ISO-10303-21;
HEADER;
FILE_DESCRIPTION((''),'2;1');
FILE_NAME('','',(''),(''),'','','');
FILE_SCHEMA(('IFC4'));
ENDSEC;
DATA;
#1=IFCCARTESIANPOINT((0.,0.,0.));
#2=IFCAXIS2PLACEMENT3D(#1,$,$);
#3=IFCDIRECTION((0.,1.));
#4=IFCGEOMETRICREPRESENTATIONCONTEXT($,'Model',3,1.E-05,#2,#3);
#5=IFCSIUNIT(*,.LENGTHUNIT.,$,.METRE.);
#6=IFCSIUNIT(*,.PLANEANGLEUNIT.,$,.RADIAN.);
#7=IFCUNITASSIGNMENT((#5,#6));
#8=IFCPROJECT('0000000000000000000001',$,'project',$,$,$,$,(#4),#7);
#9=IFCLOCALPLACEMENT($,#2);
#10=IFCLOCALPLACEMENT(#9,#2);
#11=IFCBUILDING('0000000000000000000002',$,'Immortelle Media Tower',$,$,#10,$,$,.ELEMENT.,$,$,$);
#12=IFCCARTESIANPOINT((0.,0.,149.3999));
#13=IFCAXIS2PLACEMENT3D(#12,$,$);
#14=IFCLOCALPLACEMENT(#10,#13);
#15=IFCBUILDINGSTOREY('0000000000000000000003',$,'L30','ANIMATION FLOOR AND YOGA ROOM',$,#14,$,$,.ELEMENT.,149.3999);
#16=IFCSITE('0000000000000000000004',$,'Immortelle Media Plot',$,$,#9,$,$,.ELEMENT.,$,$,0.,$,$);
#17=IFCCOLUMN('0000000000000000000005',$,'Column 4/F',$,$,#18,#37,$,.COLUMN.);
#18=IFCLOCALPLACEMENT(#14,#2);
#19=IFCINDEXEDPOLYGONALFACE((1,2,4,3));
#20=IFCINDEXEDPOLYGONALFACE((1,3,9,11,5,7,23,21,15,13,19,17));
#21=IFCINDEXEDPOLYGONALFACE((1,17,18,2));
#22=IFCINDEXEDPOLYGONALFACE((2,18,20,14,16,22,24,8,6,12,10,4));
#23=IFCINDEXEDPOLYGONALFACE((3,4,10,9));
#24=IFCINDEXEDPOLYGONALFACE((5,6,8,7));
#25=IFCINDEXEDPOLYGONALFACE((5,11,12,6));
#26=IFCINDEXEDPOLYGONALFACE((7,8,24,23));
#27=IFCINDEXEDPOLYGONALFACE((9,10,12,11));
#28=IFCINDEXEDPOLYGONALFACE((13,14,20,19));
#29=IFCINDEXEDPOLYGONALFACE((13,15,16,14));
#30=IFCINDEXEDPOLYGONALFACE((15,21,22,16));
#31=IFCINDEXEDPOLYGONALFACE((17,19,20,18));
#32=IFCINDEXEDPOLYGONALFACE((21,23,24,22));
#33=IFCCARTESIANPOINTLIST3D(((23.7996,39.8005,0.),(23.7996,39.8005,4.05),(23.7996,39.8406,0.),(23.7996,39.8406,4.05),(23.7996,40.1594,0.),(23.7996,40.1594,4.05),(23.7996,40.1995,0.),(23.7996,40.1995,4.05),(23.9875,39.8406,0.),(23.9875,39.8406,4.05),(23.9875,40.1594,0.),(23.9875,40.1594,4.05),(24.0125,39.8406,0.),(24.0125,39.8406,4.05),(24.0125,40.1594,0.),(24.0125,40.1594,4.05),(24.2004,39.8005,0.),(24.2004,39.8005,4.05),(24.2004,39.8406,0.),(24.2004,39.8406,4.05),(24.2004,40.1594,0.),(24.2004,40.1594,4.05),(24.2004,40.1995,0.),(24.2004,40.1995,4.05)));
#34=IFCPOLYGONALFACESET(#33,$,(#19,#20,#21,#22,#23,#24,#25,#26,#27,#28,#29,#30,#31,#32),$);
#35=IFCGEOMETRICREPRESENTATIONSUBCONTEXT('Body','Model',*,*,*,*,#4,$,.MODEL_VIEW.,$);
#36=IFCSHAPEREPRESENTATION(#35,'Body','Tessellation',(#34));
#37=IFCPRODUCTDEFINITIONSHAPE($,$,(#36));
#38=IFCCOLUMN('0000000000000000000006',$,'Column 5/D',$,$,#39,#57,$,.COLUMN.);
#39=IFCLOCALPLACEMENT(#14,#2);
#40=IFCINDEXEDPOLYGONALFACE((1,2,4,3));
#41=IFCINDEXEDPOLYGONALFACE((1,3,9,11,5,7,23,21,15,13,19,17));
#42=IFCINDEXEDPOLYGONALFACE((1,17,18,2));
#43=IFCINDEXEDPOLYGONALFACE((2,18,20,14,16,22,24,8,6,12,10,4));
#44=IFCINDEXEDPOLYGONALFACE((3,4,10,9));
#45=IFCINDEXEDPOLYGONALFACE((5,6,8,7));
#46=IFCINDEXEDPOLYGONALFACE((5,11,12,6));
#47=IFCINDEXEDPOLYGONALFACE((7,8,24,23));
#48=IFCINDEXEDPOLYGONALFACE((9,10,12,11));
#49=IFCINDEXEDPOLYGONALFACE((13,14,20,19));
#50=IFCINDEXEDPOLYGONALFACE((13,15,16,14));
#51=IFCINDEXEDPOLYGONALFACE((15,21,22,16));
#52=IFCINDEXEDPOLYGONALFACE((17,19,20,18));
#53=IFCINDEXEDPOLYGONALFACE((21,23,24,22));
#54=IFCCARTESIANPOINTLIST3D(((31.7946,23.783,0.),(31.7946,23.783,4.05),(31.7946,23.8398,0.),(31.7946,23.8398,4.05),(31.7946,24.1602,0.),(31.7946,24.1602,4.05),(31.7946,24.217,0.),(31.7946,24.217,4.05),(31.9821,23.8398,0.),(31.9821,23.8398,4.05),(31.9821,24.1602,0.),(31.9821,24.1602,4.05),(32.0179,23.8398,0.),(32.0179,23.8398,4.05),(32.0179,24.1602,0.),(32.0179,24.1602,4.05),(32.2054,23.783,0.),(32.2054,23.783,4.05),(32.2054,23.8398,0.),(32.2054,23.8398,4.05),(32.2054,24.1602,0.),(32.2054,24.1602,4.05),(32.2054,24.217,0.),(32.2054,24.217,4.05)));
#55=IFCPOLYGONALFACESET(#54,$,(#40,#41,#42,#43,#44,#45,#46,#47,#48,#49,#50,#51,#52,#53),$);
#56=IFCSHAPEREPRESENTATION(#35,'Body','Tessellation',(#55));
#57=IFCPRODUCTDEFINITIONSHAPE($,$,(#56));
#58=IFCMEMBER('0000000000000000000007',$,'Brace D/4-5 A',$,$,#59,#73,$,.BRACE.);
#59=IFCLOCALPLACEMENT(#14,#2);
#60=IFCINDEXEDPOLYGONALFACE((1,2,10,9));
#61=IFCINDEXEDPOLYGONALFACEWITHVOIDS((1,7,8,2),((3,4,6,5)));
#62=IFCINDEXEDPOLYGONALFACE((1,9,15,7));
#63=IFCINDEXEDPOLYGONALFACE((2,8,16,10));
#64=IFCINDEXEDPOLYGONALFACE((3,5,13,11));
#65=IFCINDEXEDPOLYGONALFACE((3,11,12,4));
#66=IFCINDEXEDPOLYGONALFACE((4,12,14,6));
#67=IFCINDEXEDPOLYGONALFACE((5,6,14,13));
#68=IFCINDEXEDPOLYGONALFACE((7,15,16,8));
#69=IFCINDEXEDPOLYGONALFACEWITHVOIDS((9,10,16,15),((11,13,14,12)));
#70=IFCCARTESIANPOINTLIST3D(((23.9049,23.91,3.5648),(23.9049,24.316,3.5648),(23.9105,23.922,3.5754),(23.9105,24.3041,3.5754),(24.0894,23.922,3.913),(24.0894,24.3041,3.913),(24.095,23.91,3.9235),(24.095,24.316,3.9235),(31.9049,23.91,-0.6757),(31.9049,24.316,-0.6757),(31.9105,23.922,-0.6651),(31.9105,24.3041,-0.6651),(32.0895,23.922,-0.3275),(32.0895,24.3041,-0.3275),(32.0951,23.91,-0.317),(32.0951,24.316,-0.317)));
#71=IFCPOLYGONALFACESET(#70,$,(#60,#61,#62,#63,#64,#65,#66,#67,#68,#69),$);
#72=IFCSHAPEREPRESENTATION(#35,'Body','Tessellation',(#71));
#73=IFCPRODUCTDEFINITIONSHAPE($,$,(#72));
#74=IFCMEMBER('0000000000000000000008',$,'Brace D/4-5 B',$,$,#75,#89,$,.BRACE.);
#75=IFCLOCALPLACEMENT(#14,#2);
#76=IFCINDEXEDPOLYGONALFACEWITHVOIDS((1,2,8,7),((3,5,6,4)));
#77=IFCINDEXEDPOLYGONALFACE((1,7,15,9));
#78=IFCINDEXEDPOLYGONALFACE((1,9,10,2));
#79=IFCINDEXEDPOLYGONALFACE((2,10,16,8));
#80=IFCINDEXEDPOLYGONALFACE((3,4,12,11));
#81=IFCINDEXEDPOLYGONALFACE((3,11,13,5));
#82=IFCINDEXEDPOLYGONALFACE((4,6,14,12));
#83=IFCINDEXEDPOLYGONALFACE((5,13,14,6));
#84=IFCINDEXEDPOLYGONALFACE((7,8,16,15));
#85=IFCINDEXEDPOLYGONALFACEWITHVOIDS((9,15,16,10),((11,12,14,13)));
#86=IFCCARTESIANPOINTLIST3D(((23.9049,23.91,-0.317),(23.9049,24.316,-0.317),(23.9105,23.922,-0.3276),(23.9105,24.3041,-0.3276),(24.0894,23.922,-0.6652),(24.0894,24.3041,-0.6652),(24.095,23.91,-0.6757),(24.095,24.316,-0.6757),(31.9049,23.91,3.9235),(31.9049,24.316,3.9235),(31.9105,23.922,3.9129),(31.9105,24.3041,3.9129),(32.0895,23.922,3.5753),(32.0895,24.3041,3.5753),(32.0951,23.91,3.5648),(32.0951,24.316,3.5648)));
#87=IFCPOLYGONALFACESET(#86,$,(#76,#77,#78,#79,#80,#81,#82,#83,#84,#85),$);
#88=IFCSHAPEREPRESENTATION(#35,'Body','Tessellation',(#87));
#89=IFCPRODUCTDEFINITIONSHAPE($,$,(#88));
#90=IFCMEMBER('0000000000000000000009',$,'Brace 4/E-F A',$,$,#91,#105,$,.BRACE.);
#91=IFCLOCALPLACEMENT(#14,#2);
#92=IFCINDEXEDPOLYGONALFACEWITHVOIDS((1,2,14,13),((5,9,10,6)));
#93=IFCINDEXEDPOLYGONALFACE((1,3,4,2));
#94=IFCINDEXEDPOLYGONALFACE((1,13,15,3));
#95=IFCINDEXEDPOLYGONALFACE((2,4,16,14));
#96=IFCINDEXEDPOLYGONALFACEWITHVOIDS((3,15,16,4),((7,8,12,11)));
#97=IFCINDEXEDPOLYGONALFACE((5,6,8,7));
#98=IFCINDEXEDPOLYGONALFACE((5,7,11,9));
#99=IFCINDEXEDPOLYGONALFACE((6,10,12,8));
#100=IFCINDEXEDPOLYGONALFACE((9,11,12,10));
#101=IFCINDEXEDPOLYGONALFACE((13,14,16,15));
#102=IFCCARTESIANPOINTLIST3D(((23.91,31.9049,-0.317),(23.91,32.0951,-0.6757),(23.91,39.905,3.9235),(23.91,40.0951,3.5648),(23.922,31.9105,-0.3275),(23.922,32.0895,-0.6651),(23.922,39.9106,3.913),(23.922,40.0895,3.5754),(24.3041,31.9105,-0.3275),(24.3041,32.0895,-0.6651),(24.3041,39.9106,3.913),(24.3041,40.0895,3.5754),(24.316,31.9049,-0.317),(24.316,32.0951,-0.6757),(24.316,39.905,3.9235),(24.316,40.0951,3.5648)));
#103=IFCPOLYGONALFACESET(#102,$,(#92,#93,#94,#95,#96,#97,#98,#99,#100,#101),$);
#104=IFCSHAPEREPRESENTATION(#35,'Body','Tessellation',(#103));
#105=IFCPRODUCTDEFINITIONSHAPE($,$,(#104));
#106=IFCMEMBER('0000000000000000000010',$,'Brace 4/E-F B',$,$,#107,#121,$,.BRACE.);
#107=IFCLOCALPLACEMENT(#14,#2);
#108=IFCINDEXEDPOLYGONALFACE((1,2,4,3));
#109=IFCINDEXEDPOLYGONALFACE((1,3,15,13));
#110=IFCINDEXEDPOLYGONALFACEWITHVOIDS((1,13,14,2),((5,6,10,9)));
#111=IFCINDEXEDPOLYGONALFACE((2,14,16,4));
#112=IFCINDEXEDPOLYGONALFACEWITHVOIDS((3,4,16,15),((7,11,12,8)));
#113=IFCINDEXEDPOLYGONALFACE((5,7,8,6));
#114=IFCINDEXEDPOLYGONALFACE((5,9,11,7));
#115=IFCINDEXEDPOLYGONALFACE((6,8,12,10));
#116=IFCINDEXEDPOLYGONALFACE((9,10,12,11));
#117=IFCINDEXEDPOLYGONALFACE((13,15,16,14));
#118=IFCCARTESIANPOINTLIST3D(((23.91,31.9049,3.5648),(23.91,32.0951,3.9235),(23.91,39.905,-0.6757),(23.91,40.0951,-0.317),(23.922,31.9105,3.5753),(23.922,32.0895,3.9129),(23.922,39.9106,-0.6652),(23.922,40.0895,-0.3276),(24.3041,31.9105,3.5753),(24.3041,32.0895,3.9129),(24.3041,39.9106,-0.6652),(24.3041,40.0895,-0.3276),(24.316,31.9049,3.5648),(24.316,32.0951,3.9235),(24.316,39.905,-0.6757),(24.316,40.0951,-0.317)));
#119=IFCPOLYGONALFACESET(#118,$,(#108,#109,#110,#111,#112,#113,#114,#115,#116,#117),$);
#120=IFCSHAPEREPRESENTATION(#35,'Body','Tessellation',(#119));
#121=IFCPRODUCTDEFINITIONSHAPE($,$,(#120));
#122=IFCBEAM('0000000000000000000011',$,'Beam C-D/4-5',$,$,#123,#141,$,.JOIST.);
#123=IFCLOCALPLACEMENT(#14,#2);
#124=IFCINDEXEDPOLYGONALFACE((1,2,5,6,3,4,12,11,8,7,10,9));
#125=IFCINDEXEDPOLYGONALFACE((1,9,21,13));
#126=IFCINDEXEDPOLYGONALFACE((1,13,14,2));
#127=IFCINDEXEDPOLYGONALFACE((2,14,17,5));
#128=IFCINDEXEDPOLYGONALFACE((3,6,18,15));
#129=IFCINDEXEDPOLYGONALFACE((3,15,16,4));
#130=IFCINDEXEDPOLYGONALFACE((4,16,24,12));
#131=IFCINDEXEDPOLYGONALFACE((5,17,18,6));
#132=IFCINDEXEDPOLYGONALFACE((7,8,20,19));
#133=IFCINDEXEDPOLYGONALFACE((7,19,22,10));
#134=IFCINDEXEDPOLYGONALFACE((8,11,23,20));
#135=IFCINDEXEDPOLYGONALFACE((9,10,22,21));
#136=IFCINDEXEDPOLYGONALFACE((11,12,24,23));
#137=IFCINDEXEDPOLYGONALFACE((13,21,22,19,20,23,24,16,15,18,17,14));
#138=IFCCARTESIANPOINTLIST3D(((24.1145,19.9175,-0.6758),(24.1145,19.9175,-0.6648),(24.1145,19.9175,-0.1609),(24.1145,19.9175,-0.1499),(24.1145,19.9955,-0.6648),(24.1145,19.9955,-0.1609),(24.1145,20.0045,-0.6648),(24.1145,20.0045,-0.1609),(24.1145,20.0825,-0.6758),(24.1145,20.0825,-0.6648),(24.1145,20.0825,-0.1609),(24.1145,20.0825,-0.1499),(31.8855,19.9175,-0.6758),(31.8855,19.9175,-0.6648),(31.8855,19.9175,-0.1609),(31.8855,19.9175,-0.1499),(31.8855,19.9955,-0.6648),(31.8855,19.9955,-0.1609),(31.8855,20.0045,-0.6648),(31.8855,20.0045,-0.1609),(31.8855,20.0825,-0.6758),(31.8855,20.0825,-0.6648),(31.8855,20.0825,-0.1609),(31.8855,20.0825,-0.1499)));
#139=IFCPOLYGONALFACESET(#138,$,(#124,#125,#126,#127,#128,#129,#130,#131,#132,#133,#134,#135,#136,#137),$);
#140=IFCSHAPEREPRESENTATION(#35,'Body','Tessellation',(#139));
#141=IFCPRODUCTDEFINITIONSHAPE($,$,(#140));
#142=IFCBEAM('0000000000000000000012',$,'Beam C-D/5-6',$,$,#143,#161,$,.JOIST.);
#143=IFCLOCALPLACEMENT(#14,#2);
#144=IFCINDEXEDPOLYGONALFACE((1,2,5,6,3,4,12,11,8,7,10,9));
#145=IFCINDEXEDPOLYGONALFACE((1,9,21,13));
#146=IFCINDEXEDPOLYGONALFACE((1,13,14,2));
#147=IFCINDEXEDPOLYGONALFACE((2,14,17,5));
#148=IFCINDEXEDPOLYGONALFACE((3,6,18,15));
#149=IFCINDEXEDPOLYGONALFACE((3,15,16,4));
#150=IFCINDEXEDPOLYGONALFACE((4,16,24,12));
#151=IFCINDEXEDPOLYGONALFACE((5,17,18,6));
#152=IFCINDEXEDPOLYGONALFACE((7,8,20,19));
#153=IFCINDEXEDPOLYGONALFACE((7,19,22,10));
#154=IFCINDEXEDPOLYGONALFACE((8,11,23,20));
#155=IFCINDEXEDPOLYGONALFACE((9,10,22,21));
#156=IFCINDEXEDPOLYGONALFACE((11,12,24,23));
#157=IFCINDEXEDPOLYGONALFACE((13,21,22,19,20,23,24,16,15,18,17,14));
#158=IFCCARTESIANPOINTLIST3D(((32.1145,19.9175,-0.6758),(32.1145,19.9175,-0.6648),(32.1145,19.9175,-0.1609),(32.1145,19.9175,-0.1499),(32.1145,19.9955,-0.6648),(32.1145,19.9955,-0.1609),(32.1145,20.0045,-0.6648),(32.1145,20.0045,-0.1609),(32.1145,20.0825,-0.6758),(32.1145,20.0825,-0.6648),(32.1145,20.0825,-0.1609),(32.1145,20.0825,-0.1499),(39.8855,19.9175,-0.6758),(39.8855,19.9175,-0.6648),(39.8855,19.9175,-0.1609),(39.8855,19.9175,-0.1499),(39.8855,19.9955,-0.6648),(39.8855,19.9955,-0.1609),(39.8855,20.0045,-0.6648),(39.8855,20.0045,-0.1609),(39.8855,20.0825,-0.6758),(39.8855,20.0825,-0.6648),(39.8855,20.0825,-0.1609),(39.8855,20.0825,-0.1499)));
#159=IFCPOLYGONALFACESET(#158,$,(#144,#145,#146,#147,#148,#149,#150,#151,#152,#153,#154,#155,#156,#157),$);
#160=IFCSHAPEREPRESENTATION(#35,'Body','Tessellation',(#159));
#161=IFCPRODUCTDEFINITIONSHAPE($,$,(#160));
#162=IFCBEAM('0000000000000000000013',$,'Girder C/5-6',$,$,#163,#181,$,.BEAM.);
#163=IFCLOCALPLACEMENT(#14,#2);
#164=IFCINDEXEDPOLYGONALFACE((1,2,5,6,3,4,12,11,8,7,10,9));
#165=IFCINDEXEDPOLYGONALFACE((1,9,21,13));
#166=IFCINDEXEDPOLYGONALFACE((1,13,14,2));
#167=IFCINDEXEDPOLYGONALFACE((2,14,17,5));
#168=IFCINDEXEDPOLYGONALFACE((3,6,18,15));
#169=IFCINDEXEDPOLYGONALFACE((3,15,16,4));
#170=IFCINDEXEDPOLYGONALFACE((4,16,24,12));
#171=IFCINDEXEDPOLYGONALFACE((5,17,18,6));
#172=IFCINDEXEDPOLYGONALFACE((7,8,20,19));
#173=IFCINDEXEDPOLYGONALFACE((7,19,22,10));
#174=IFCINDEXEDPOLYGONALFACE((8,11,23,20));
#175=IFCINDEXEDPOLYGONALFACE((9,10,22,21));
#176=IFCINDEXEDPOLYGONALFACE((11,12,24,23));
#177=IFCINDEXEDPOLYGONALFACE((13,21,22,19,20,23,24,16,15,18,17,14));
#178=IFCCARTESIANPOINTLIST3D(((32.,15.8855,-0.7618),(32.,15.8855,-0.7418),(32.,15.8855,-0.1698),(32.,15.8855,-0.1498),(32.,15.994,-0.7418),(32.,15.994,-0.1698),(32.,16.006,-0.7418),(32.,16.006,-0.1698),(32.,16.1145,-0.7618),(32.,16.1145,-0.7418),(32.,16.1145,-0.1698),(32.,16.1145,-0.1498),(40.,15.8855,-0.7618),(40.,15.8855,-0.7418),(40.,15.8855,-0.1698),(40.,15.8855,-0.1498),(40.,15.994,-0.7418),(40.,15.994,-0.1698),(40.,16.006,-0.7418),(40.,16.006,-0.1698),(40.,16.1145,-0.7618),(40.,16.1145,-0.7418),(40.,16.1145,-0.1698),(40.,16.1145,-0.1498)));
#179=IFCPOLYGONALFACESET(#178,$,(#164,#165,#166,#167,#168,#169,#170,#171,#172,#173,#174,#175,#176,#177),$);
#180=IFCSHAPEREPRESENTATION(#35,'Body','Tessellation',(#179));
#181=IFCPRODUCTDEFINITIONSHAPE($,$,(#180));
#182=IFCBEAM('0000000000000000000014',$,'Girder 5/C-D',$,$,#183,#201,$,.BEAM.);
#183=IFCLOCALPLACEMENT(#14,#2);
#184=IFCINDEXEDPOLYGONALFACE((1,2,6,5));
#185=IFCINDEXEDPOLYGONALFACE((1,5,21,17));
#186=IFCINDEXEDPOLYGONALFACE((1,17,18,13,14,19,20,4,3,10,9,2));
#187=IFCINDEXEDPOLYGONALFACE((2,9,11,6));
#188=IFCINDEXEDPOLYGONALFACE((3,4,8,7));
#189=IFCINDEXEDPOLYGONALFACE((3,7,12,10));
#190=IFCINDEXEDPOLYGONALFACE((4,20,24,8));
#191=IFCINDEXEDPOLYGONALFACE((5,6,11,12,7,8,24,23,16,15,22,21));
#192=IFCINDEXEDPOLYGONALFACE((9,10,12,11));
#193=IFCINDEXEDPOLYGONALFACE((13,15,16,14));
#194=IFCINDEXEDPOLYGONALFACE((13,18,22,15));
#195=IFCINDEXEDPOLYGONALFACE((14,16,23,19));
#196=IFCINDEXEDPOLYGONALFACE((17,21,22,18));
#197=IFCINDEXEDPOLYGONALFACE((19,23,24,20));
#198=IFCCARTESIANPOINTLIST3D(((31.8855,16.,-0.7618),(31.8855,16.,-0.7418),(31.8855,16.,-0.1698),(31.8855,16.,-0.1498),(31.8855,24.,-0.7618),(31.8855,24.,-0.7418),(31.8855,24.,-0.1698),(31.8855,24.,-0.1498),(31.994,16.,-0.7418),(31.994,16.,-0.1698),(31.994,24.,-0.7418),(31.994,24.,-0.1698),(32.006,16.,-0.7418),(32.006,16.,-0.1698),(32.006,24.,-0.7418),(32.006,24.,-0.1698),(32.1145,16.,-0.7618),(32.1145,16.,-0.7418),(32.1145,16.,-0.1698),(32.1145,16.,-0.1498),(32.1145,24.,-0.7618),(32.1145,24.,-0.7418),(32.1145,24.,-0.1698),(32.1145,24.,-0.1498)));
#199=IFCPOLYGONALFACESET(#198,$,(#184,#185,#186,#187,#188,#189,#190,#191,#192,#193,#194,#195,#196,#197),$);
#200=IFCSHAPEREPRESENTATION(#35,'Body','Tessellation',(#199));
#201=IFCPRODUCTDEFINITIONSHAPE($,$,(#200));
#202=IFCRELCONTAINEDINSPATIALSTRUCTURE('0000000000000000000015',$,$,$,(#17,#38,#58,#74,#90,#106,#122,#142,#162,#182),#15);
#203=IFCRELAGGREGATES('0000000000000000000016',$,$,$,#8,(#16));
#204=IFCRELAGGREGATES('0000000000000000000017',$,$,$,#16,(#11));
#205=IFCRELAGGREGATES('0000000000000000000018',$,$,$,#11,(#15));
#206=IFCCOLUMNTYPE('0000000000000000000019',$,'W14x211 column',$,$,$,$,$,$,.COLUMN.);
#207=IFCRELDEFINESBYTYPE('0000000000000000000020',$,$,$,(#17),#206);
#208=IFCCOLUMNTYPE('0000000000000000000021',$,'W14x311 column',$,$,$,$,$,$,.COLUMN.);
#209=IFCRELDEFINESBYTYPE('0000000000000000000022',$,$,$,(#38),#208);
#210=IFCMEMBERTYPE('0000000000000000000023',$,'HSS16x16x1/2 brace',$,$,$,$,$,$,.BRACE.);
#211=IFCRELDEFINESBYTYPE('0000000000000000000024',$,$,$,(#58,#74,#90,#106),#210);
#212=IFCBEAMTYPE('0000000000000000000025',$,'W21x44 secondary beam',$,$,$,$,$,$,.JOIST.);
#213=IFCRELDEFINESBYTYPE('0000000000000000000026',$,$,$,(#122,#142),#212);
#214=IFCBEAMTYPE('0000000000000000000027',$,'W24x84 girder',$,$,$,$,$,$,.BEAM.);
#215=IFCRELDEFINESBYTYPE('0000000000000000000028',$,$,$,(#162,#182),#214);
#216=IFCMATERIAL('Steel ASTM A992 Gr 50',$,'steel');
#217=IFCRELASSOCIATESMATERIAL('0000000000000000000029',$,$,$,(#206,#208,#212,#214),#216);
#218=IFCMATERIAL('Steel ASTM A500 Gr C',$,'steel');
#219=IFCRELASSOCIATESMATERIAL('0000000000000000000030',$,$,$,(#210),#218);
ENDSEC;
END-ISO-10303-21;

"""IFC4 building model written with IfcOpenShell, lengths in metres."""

from ifc_helpers import new_model, si_unit, direction, frame, origin, origin_2d, place, context, subcontext, project, spatial, hollow_rectangle, i_section, extrude, material, material_profile, profile_set, type_object, element, save


model = new_model("IFC4")

# Units and contexts
model_context = context("Model", 3, precision=1e-05, world=origin(), true_north=direction((0.0, 1.0)))
body_context = subcontext(model_context, "Body", "Model", "MODEL_VIEW")
ifc_project = project(units=[si_unit("LENGTHUNIT", "METRE"), si_unit("PLANEANGLEUNIT", "RADIAN")], contexts=[model_context])

# Site, building, storey
site_placement = place(None, origin())
site = spatial("IfcSite", under=ifc_project, at=site_placement, Name="Immortelle Media Plot", CompositionType="ELEMENT", RefElevation=0.0)
building_placement = place(site_placement, origin())
building = spatial("IfcBuilding", under=site, at=building_placement, Name="Immortelle Media Tower", CompositionType="ELEMENT")
storey_placement = place(building_placement, frame((0.0, 0.0, 149.3999)))
storey = spatial("IfcBuildingStorey", under=building, at=storey_placement, Name="L30", Description="ANIMATION FLOOR AND YOGA ROOM", CompositionType="ELEMENT", Elevation=149.3999)

# Columns
ifc_material_1 = material(Name="Steel ASTM A992 Gr 50", Category="steel")
ifc_material_profile_1 = material_profile(ifc_material_1, i_section(OverallWidth=0.4009, OverallDepth=0.3989, WebThickness=0.0249, FlangeThickness=0.04, at=origin_2d()), Name="W14x211")
ifc_profile_set_1 = profile_set([ifc_material_profile_1], Name="Steel ASTM A992 Gr 50")
column_type_1 = type_object("IfcColumnType", Name="W14x211 column", PredefinedType="COLUMN", material=ifc_profile_set_1)
column_1_placement = place(storey_placement, frame((24.0, 40.0, 0.0), z_axis=(0.0, 0.0, 1.0), x_axis=(1.0, 0.0, 0.0)))
element("IfcColumn", 1, at=column_1_placement, inside=storey, type_object=column_type_1, Name="Column 4/F", PredefinedType="COLUMN", context=body_context, shape_type="SweptSolid", body=[
    extrude(i_section(OverallWidth=0.4009, OverallDepth=0.3989, WebThickness=0.0249, FlangeThickness=0.04, at=origin_2d()), origin(), (0.0, 0.0, 1.0), 4.05),
])
ifc_material_profile_2 = material_profile(ifc_material_1, i_section(OverallWidth=0.4109, OverallDepth=0.4341, WebThickness=0.0359, FlangeThickness=0.0569, at=origin_2d()), Name="W14x311")
ifc_profile_set_2 = profile_set([ifc_material_profile_2], Name="Steel ASTM A992 Gr 50")
column_type_2 = type_object("IfcColumnType", Name="W14x311 column", PredefinedType="COLUMN", material=ifc_profile_set_2)
column_2_placement = place(storey_placement, frame((32.0, 24.0, 0.0), z_axis=(0.0, 0.0, 1.0), x_axis=(1.0, 0.0, 0.0)))
element("IfcColumn", 2, at=column_2_placement, inside=storey, type_object=column_type_2, Name="Column 5/D", PredefinedType="COLUMN", context=body_context, shape_type="SweptSolid", body=[
    extrude(i_section(OverallWidth=0.4109, OverallDepth=0.4341, WebThickness=0.0359, FlangeThickness=0.0569, at=origin_2d()), origin(), (0.0, 0.0, 1.0), 4.05),
])

# Members
ifc_material_2 = material(Name="Steel ASTM A500 Gr C", Category="steel")
ifc_material_profile_3 = material_profile(ifc_material_2, hollow_rectangle(XDim=0.406, YDim=0.406, WallThickness=0.012, at=origin_2d()), Name="HSS16x16x1/2 brace")
ifc_profile_set_3 = profile_set([ifc_material_profile_3], Name="Steel ASTM A500 Gr C")
member_type = type_object("IfcMemberType", Name="HSS16x16x1/2 brace", PredefinedType="BRACE", material=ifc_profile_set_3)
for number, where, z_axis, x_axis, name in (
    (3, (32.0, 24.113, -0.4963), (-0.883551, 0.0, 0.468335), (0.0, -1.0, 0.0), "Brace D/4-5 A"),
    (4, (32.0, 24.113, 3.7441), (-0.883551, 0.0, -0.468335), (0.0, -1.0, 0.0), "Brace D/4-5 B"),
    (5, (24.113, 32.0, -0.4963), (0.0, 0.883551, 0.468335), (-1.0, 0.0, 0.0), "Brace 4/E-F A"),
    (6, (24.113, 32.0, 3.7441), (0.0, 0.883551, -0.468335), (-1.0, 0.0, 0.0), "Brace 4/E-F B"),
):
    element("IfcMember", number, at=place(storey_placement, frame(where, z_axis=z_axis, x_axis=x_axis)), inside=storey, type_object=member_type, Name=name, PredefinedType="BRACE", context=body_context, shape_type="SweptSolid", body=[
        extrude(hollow_rectangle(XDim=0.406, YDim=0.406, WallThickness=0.012, at=origin_2d()), origin(), (0.0, 0.0, 1.0), 9.0544),
    ])

# Beams
ifc_material_profile_4 = material_profile(ifc_material_1, i_section(OverallWidth=0.165, OverallDepth=0.5259, WebThickness=0.009, FlangeThickness=0.011, at=origin_2d()), Name="W21x44")
ifc_profile_set_4 = profile_set([ifc_material_profile_4], Name="Steel ASTM A992 Gr 50")
beam_type_1 = type_object("IfcBeamType", Name="W21x44 secondary beam", PredefinedType="JOIST", material=ifc_profile_set_4)
for number, where, z_axis, x_axis, name in (
    (7, (24.1145, 20.0, -0.4128), (1.0, 0.0, 0.0), (0.0, 1.0, 0.0), "Beam C-D/4-5"),
    (8, (32.1145, 20.0, -0.4128), (1.0, 0.0, 0.0), (0.0, 1.0, 0.0), "Beam C-D/5-6"),
):
    element("IfcBeam", number, at=place(storey_placement, frame(where, z_axis=z_axis, x_axis=x_axis)), inside=storey, type_object=beam_type_1, Name=name, PredefinedType="JOIST", context=body_context, shape_type="SweptSolid", body=[
        extrude(i_section(OverallWidth=0.165, OverallDepth=0.5259, WebThickness=0.009, FlangeThickness=0.011, at=origin_2d()), origin(), (0.0, 0.0, 1.0), 7.771),
    ])
ifc_material_profile_5 = material_profile(ifc_material_1, i_section(OverallWidth=0.229, OverallDepth=0.6121, WebThickness=0.012, FlangeThickness=0.02, at=origin_2d()), Name="W24x84")
ifc_profile_set_5 = profile_set([ifc_material_profile_5], Name="Steel ASTM A992 Gr 50")
beam_type_2 = type_object("IfcBeamType", Name="W24x84 girder", PredefinedType="BEAM", material=ifc_profile_set_5)
for number, where, z_axis, x_axis, name in (
    (9, (32.0, 16.0, -0.4558), (1.0, 0.0, 0.0), (0.0, 1.0, 0.0), "Girder C/5-6"),
    (10, (32.0, 16.0, -0.4558), (0.0, 1.0, 0.0), (-1.0, 0.0, 0.0), "Girder 5/C-D"),
):
    element("IfcBeam", number, at=place(storey_placement, frame(where, z_axis=z_axis, x_axis=x_axis)), inside=storey, type_object=beam_type_2, Name=name, PredefinedType="BEAM", context=body_context, shape_type="SweptSolid", body=[
        extrude(i_section(OverallWidth=0.229, OverallDepth=0.6121, WebThickness=0.012, FlangeThickness=0.02, at=origin_2d()), origin(), (0.0, 0.0, 1.0), 8.0),
    ])

save(model, "model.ifc")
